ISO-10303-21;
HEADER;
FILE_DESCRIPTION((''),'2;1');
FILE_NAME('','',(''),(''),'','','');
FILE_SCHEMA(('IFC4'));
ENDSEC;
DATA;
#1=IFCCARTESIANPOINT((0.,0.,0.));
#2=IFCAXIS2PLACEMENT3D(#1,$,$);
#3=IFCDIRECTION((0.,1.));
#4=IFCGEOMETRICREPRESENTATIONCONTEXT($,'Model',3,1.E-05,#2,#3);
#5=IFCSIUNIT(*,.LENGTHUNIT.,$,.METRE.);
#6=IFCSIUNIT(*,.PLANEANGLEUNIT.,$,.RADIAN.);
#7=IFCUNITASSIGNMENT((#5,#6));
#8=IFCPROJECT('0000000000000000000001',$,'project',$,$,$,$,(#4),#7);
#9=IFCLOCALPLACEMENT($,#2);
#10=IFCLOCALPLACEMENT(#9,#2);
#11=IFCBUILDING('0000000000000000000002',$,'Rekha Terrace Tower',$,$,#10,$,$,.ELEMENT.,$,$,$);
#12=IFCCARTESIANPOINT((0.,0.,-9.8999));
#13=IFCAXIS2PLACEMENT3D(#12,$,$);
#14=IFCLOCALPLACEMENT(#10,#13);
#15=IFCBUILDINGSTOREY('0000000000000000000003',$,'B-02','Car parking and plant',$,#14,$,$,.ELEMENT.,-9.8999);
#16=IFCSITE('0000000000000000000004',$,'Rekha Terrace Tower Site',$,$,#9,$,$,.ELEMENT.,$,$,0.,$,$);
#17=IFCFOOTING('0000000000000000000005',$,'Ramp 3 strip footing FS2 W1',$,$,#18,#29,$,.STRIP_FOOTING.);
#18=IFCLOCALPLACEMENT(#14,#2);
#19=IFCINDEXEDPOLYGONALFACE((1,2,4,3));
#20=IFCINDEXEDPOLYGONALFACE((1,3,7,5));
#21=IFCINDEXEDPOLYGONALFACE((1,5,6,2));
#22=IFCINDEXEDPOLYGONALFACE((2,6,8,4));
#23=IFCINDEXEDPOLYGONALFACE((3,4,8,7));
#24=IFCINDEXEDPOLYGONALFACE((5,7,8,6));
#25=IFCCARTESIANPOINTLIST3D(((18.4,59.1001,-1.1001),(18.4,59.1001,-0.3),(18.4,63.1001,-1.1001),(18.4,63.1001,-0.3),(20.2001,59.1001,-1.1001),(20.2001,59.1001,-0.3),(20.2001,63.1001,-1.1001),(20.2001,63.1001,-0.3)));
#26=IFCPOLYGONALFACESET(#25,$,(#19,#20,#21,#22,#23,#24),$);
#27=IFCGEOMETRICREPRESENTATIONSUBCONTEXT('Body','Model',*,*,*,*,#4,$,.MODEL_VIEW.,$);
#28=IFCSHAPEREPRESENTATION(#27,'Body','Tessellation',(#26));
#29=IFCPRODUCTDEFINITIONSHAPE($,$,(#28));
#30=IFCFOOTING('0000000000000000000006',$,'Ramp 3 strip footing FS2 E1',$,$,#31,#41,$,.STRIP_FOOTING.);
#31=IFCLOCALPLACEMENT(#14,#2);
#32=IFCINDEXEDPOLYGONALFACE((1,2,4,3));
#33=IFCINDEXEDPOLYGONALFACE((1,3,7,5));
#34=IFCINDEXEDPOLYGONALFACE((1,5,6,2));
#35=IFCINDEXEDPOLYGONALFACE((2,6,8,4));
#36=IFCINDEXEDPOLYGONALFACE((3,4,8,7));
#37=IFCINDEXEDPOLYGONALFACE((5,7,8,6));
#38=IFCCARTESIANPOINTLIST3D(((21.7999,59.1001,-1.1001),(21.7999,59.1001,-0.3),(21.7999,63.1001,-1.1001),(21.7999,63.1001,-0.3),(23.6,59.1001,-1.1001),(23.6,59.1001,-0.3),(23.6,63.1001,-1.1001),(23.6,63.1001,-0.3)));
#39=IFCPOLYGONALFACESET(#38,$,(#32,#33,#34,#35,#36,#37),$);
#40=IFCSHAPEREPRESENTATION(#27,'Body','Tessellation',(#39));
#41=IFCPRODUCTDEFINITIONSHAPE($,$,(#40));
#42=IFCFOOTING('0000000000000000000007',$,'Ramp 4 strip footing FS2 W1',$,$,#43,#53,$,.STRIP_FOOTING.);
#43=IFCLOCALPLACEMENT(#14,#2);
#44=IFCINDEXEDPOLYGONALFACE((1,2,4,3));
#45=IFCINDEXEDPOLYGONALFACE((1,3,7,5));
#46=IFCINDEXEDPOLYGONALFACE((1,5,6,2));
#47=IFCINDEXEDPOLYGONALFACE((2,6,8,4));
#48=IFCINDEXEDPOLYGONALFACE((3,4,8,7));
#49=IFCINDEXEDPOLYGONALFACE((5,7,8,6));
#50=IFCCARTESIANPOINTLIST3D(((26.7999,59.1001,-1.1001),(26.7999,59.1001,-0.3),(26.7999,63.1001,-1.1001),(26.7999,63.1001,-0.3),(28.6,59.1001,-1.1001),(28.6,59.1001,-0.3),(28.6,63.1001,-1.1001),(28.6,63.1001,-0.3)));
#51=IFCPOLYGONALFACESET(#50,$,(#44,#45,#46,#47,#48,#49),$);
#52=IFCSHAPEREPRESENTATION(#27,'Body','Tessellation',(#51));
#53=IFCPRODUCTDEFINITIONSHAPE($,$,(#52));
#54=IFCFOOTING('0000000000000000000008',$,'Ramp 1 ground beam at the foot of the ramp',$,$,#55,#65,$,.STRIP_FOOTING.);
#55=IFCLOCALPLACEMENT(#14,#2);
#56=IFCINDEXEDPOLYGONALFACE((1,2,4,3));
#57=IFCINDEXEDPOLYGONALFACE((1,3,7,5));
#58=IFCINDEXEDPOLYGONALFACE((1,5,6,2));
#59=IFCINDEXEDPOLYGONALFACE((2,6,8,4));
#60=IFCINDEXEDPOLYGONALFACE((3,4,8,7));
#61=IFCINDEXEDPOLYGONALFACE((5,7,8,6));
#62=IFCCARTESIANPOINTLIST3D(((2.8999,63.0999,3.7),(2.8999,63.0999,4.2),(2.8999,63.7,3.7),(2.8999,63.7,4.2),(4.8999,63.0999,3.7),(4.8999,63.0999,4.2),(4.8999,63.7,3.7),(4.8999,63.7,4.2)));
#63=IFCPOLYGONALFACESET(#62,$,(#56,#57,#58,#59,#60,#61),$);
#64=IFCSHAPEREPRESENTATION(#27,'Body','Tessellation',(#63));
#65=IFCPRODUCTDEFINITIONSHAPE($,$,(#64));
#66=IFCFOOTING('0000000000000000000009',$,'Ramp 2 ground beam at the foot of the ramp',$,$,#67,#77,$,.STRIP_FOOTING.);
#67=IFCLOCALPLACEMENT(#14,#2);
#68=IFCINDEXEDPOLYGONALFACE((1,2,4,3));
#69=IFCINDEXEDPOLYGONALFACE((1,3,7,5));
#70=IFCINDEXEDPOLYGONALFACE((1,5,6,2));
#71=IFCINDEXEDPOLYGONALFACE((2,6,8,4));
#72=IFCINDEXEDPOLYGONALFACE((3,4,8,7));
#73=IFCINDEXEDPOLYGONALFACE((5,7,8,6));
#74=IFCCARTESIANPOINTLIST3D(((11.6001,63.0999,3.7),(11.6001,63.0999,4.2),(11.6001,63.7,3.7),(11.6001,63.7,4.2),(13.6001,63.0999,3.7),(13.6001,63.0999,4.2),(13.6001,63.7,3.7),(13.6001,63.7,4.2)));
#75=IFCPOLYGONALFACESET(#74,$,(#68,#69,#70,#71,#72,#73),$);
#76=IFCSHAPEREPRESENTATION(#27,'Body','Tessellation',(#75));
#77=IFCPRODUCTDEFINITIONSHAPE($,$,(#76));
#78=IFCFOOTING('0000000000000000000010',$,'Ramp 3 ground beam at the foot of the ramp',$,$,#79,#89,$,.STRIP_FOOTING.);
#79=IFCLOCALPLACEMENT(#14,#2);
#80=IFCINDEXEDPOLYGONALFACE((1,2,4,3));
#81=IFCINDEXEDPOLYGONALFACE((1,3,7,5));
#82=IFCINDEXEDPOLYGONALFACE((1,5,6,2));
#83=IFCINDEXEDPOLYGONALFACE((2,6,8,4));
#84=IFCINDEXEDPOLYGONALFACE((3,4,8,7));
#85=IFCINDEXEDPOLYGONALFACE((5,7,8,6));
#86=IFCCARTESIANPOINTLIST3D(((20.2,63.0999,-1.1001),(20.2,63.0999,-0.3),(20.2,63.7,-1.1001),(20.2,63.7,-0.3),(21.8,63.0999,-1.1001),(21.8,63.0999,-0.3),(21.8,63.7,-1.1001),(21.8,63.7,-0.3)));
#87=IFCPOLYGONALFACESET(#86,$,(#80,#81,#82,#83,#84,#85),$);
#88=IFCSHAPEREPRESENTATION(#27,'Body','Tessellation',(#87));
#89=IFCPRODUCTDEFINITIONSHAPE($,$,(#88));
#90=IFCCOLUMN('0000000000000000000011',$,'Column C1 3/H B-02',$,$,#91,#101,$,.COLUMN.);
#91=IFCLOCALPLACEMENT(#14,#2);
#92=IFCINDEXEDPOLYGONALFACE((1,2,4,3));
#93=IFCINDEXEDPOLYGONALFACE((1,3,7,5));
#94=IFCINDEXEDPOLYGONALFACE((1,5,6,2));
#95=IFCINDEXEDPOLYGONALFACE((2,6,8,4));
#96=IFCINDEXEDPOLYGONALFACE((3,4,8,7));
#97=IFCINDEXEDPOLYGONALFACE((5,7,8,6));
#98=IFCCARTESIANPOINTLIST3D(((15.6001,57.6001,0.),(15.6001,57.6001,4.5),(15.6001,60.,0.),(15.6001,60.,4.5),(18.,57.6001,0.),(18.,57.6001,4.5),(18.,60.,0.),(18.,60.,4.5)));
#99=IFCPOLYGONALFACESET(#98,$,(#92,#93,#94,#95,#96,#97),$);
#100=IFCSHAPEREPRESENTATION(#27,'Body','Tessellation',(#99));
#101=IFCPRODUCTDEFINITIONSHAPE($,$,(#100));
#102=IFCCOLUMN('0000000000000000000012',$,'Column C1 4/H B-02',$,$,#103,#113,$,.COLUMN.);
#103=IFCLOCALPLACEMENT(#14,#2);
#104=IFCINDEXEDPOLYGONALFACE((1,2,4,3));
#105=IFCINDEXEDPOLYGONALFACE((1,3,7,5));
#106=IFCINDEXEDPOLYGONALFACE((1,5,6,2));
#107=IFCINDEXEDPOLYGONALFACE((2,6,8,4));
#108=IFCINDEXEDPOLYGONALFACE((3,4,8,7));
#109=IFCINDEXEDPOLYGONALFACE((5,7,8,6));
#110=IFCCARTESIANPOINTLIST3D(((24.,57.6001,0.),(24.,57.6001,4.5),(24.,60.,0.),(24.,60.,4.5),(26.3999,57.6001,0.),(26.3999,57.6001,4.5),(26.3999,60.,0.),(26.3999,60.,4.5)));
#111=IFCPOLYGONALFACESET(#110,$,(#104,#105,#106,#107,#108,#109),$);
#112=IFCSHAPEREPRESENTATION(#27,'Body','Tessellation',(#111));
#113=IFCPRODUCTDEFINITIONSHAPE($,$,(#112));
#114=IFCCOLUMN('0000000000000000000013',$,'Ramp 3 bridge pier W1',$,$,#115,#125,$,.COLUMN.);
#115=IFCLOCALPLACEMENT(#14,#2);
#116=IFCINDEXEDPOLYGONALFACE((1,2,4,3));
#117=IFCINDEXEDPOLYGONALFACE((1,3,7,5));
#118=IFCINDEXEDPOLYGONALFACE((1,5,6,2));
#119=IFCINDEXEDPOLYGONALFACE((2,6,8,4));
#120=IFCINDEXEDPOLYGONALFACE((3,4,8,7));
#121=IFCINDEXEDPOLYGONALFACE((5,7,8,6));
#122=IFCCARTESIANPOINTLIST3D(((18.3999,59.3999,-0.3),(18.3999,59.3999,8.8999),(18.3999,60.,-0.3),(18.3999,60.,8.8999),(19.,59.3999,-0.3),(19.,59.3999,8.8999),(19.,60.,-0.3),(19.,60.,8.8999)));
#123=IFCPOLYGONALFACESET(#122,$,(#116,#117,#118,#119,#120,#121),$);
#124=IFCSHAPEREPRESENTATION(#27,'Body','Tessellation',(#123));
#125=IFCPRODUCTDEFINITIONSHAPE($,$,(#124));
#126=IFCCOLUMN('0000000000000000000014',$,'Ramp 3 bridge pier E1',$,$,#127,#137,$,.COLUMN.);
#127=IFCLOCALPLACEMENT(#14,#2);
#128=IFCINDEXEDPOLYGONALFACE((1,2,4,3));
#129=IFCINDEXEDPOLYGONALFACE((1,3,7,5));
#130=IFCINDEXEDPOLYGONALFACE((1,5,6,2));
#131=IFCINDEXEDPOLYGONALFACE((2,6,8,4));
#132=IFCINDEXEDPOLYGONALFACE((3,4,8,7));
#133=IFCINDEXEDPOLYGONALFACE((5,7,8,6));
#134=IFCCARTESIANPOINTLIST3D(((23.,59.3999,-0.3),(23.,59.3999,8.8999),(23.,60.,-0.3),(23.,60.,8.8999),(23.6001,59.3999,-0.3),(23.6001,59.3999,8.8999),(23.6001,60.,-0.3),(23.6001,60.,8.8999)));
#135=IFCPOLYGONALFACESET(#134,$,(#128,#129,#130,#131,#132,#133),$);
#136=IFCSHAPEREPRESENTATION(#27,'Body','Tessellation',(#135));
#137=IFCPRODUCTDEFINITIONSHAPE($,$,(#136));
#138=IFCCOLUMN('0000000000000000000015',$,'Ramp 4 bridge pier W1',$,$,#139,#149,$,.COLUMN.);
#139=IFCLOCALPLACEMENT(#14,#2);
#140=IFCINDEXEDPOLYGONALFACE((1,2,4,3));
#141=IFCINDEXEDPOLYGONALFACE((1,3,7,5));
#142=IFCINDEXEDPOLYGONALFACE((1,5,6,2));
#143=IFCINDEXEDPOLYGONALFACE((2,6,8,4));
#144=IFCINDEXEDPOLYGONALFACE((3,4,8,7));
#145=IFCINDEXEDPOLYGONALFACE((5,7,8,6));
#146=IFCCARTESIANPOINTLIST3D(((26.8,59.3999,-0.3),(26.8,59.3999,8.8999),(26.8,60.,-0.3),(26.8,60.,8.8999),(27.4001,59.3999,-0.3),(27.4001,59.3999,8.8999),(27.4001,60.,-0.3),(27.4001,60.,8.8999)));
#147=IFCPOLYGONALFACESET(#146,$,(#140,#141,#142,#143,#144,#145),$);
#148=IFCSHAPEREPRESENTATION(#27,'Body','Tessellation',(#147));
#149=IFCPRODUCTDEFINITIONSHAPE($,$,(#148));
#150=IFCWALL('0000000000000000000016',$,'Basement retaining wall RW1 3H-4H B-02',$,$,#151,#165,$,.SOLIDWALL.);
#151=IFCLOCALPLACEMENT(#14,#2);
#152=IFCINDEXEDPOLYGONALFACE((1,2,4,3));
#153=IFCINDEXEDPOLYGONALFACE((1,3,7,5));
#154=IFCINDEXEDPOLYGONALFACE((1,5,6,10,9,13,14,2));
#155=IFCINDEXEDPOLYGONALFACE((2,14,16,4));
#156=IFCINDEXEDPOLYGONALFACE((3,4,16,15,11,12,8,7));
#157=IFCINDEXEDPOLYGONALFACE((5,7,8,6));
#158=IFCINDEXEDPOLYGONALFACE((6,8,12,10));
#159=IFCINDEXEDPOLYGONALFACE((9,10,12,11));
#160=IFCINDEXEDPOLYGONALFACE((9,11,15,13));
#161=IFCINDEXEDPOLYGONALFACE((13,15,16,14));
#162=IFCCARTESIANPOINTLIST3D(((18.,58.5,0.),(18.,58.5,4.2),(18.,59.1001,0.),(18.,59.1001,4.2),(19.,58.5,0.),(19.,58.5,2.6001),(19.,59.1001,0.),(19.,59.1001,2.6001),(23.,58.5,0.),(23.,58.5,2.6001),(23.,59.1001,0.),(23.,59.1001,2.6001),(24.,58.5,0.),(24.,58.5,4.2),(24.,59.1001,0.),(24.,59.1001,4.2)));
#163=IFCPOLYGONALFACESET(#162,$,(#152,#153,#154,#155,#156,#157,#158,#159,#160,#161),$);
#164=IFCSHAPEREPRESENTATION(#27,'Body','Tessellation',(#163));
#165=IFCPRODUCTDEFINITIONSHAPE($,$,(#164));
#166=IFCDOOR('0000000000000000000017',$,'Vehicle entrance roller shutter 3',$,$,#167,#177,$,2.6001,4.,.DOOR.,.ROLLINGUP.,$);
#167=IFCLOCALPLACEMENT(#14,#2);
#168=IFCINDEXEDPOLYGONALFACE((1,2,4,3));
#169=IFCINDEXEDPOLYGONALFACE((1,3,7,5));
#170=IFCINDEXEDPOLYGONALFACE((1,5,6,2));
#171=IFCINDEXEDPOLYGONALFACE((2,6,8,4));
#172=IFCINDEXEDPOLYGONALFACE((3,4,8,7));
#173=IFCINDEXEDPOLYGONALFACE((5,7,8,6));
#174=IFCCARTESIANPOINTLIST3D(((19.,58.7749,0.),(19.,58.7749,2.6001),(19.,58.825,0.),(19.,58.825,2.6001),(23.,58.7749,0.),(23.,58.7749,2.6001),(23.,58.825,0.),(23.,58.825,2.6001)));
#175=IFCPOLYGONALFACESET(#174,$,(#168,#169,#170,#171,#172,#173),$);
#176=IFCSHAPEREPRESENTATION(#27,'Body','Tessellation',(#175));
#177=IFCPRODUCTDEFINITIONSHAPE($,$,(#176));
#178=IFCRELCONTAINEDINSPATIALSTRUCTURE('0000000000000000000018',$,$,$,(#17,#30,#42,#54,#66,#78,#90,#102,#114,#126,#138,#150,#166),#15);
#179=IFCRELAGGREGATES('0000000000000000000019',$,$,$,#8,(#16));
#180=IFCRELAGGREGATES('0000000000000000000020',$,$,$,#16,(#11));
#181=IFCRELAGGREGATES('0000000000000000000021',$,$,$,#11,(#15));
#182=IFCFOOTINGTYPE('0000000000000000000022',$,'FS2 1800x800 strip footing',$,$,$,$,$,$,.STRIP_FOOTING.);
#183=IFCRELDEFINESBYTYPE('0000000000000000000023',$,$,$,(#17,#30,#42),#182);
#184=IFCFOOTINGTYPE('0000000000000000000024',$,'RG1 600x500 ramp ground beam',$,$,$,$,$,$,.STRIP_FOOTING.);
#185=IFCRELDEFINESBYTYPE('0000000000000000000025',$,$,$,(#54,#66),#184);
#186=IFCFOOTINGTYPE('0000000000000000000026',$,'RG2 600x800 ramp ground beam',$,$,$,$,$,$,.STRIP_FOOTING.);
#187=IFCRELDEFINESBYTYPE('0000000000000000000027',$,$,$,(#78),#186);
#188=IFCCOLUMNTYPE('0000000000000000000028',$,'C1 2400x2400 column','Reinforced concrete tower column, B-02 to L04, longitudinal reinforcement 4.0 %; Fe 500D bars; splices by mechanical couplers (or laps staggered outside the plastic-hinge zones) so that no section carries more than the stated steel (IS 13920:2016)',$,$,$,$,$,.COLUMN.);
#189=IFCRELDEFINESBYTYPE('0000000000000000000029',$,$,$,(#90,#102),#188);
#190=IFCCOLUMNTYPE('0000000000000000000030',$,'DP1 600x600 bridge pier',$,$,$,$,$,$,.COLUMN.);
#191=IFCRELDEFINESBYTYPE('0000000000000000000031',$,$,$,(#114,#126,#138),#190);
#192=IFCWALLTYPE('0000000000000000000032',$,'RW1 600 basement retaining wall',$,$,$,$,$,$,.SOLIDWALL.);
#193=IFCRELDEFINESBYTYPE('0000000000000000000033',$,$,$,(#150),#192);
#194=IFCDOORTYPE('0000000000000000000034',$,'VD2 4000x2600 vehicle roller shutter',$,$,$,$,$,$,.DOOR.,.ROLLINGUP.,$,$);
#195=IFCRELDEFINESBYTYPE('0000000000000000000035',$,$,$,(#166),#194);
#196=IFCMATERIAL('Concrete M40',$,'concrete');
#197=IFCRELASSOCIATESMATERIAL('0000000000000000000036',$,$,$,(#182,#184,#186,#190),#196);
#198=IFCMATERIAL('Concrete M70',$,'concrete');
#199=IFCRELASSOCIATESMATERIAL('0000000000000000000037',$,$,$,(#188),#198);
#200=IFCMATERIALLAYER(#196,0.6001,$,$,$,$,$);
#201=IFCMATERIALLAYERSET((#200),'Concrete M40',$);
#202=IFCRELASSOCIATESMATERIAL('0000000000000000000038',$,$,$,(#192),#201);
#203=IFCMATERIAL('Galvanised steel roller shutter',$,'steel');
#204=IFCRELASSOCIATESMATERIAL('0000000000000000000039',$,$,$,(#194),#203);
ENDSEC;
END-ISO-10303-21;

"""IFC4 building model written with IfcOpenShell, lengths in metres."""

from ifc_helpers import new_model, si_unit, direction, frame, frame_2d, origin, origin_2d, place, context, subcontext, project, spatial, rectangle, extrude, material, layer, layer_set, material_profile, profile_set, type_object, element, fill, save


model = new_model("IFC4")

# Units and contexts
model_context = context("Model", 3, precision=1e-05, world=origin(), true_north=direction((0.0, 1.0)))
body_context = subcontext(model_context, "Body", "Model", "MODEL_VIEW")
ifc_project = project(units=[si_unit("LENGTHUNIT", "METRE"), si_unit("PLANEANGLEUNIT", "RADIAN")], contexts=[model_context])

# Site, building, storey
site_placement = place(None, origin())
site = spatial("IfcSite", under=ifc_project, at=site_placement, Name="Rekha Terrace Tower Site", CompositionType="ELEMENT", RefElevation=0.0)
building_placement = place(site_placement, origin())
building = spatial("IfcBuilding", under=site, at=building_placement, Name="Rekha Terrace Tower", CompositionType="ELEMENT")
storey_placement = place(building_placement, frame((0.0, 0.0, -9.8999)))
storey = spatial("IfcBuildingStorey", under=building, at=storey_placement, Name="B-02", Description="Car parking and plant", CompositionType="ELEMENT", Elevation=-9.8999)

# Footings
ifc_material_1 = material(Name="Concrete M40", Category="concrete")
footing_type_1 = type_object("IfcFootingType", Name="FS2 1800x800 strip footing", PredefinedType="STRIP_FOOTING", material=ifc_material_1)
for number, where, z_axis, x_axis, name in (
    (1, (19.3, 61.1001, -1.1001), (0.0, 0.0, 1.0), (1.0, 0.0, 0.0), "Ramp 3 strip footing FS2 W1"),
    (2, (22.7, 61.1001, -1.1001), (0.0, 0.0, 1.0), (1.0, 0.0, 0.0), "Ramp 3 strip footing FS2 E1"),
    (3, (27.7, 61.1001, -1.1001), (0.0, 0.0, 1.0), (1.0, 0.0, 0.0), "Ramp 4 strip footing FS2 W1"),
):
    element("IfcFooting", number, at=place(storey_placement, frame(where, z_axis=z_axis, x_axis=x_axis)), inside=storey, type_object=footing_type_1, Name=name, PredefinedType="STRIP_FOOTING", context=body_context, shape_type="SweptSolid", body=[
        extrude(rectangle(XDim=1.8, YDim=4.0, at=origin_2d()), origin(), (0.0, 0.0, 1.0), 0.8),
    ])
footing_type_2 = type_object("IfcFootingType", Name="RG1 600x500 ramp ground beam", PredefinedType="STRIP_FOOTING", material=ifc_material_1)
for number, where, z_axis, x_axis, name in (
    (4, (3.8999, 63.3999, 3.7), (0.0, 0.0, 1.0), (1.0, 0.0, 0.0), "Ramp 1 ground beam at the foot of the ramp"),
    (5, (12.6001, 63.3999, 3.7), (0.0, 0.0, 1.0), (1.0, 0.0, 0.0), "Ramp 2 ground beam at the foot of the ramp"),
):
    element("IfcFooting", number, at=place(storey_placement, frame(where, z_axis=z_axis, x_axis=x_axis)), inside=storey, type_object=footing_type_2, Name=name, PredefinedType="STRIP_FOOTING", context=body_context, shape_type="SweptSolid", body=[
        extrude(rectangle(XDim=2.0, YDim=0.6001, at=origin_2d()), origin(), (0.0, 0.0, 1.0), 0.5),
    ])
footing_type_3 = type_object("IfcFootingType", Name="RG2 600x800 ramp ground beam", PredefinedType="STRIP_FOOTING", material=ifc_material_1)
footing_1_placement = place(storey_placement, frame((21.0, 63.3999, -1.1001), z_axis=(0.0, 0.0, 1.0), x_axis=(1.0, 0.0, 0.0)))
element("IfcFooting", 6, at=footing_1_placement, inside=storey, type_object=footing_type_3, Name="Ramp 3 ground beam at the foot of the ramp", PredefinedType="STRIP_FOOTING", context=body_context, shape_type="SweptSolid", body=[
    extrude(rectangle(XDim=1.6001, YDim=0.6001, at=origin_2d()), origin(), (0.0, 0.0, 1.0), 0.8),
])

# Columns
ifc_material_2 = material(Name="Concrete M70", Category="concrete")
ifc_material_profile_1 = material_profile(ifc_material_2, rectangle(XDim=2.3999, YDim=2.3999, at=origin_2d()), Name="RC 2400x2400")
ifc_profile_set_1 = profile_set([ifc_material_profile_1], Name="Concrete M70")
column_type_1 = type_object("IfcColumnType", Name="C1 2400x2400 column", Description="Reinforced concrete tower column, B-02 to L04, longitudinal reinforcement 4.0 %; Fe 500D bars; splices by mechanical couplers (or laps staggered outside the plastic-hinge zones) so that no section carries more than the stated steel (IS 13920:2016)", PredefinedType="COLUMN", material=ifc_profile_set_1)
for number, where, z_axis, x_axis, name in (
    (7, (16.8, 58.8, 0.0), (0.0, 0.0, 1.0), (1.0, 0.0, 0.0), "Column C1 3/H B-02"),
    (8, (25.2, 58.8, 0.0), (0.0, 0.0, 1.0), (1.0, 0.0, 0.0), "Column C1 4/H B-02"),
):
    element("IfcColumn", number, at=place(storey_placement, frame(where, z_axis=z_axis, x_axis=x_axis)), inside=storey, type_object=column_type_1, Name=name, PredefinedType="COLUMN", context=body_context, shape_type="SweptSolid", body=[
        extrude(rectangle(XDim=2.3999, YDim=2.3999, at=origin_2d()), origin(), (0.0, 0.0, 1.0), 4.5),
    ])
ifc_material_profile_2 = material_profile(ifc_material_1, rectangle(XDim=0.6001, YDim=0.6001, at=origin_2d()), Name="RC 600x600")
ifc_profile_set_2 = profile_set([ifc_material_profile_2], Name="Concrete M40")
column_type_2 = type_object("IfcColumnType", Name="DP1 600x600 bridge pier", PredefinedType="COLUMN", material=ifc_profile_set_2)
for number, where, z_axis, x_axis, name in (
    (9, (18.7, 59.7, -0.3), (0.0, 0.0, 1.0), (1.0, 0.0, 0.0), "Ramp 3 bridge pier W1"),
    (10, (23.3, 59.7, -0.3), (0.0, 0.0, 1.0), (1.0, 0.0, 0.0), "Ramp 3 bridge pier E1"),
    (11, (27.1001, 59.7, -0.3), (0.0, 0.0, 1.0), (1.0, 0.0, 0.0), "Ramp 4 bridge pier W1"),
):
    element("IfcColumn", number, at=place(storey_placement, frame(where, z_axis=z_axis, x_axis=x_axis)), inside=storey, type_object=column_type_2, Name=name, PredefinedType="COLUMN", context=body_context, shape_type="SweptSolid", body=[
        extrude(rectangle(XDim=0.6001, YDim=0.6001, at=origin_2d()), origin(), (0.0, 0.0, 1.0), 9.2),
    ])

# Wall, opening, door
ifc_layer_1 = layer(ifc_material_1, 0.6001)
ifc_layer_set_1 = layer_set([ifc_layer_1], Name="Concrete M40")
wall_type_1 = type_object("IfcWallType", Name="RW1 600 basement retaining wall", PredefinedType="SOLIDWALL", material=ifc_layer_set_1)
wall_1_placement = place(storey_placement, frame((18.0, 58.8, 0.0), z_axis=(0.0, 0.0, 1.0), x_axis=(1.0, 0.0, 0.0)))
wall_1 = element("IfcWall", 12, at=wall_1_placement, inside=storey, type_object=wall_type_1, Name="Basement retaining wall RW1 3H-4H B-02", PredefinedType="SOLIDWALL", context=body_context, shape_type="SweptSolid", body=[
    extrude(rectangle(XDim=6.0, YDim=0.6001, at=frame_2d((3.0, 0.0))), origin(), (0.0, 0.0, 1.0), 4.2),
])
opening_1_placement = place(wall_1_placement, frame((1.0, 0.0, 0.0)))
opening_1 = element("IfcOpeningElement", 13, at=opening_1_placement, cuts=wall_1, PredefinedType="OPENING", context=body_context, shape_type="SweptSolid", body=[
    extrude(rectangle(XDim=4.0, YDim=2.6001, at=frame_2d((2.0, 1.3))), frame((0.0, 0.3101, 0.0), z_axis=(0.0, -1.0, 0.0), x_axis=(1.0, 0.0, 0.0)), (0.0, 0.0, 1.0), 0.6201),
])
ifc_material_3 = material(Name="Galvanised steel roller shutter", Category="steel")
door_type = type_object("IfcDoorType", Name="VD2 4000x2600 vehicle roller shutter", OperationType="ROLLINGUP", PredefinedType="DOOR", material=ifc_material_3)
door_1_placement = place(opening_1_placement, origin())
door_1 = element("IfcDoor", 14, at=door_1_placement, inside=storey, type_object=door_type, Name="Vehicle entrance roller shutter 3", OperationType="ROLLINGUP", OverallHeight=2.6001, OverallWidth=4.0, PredefinedType="DOOR", context=body_context, shape_type="SweptSolid", body=[
    extrude(rectangle(XDim=4.0, YDim=2.6001, at=frame_2d((2.0, 1.3))), frame((0.0, 0.0249, 0.0), z_axis=(0.0, -1.0, 0.0), x_axis=(1.0, 0.0, 0.0)), (0.0, 0.0, 1.0), 0.05),
])
fill(opening_1, door_1)

save(model, "model.ifc")
